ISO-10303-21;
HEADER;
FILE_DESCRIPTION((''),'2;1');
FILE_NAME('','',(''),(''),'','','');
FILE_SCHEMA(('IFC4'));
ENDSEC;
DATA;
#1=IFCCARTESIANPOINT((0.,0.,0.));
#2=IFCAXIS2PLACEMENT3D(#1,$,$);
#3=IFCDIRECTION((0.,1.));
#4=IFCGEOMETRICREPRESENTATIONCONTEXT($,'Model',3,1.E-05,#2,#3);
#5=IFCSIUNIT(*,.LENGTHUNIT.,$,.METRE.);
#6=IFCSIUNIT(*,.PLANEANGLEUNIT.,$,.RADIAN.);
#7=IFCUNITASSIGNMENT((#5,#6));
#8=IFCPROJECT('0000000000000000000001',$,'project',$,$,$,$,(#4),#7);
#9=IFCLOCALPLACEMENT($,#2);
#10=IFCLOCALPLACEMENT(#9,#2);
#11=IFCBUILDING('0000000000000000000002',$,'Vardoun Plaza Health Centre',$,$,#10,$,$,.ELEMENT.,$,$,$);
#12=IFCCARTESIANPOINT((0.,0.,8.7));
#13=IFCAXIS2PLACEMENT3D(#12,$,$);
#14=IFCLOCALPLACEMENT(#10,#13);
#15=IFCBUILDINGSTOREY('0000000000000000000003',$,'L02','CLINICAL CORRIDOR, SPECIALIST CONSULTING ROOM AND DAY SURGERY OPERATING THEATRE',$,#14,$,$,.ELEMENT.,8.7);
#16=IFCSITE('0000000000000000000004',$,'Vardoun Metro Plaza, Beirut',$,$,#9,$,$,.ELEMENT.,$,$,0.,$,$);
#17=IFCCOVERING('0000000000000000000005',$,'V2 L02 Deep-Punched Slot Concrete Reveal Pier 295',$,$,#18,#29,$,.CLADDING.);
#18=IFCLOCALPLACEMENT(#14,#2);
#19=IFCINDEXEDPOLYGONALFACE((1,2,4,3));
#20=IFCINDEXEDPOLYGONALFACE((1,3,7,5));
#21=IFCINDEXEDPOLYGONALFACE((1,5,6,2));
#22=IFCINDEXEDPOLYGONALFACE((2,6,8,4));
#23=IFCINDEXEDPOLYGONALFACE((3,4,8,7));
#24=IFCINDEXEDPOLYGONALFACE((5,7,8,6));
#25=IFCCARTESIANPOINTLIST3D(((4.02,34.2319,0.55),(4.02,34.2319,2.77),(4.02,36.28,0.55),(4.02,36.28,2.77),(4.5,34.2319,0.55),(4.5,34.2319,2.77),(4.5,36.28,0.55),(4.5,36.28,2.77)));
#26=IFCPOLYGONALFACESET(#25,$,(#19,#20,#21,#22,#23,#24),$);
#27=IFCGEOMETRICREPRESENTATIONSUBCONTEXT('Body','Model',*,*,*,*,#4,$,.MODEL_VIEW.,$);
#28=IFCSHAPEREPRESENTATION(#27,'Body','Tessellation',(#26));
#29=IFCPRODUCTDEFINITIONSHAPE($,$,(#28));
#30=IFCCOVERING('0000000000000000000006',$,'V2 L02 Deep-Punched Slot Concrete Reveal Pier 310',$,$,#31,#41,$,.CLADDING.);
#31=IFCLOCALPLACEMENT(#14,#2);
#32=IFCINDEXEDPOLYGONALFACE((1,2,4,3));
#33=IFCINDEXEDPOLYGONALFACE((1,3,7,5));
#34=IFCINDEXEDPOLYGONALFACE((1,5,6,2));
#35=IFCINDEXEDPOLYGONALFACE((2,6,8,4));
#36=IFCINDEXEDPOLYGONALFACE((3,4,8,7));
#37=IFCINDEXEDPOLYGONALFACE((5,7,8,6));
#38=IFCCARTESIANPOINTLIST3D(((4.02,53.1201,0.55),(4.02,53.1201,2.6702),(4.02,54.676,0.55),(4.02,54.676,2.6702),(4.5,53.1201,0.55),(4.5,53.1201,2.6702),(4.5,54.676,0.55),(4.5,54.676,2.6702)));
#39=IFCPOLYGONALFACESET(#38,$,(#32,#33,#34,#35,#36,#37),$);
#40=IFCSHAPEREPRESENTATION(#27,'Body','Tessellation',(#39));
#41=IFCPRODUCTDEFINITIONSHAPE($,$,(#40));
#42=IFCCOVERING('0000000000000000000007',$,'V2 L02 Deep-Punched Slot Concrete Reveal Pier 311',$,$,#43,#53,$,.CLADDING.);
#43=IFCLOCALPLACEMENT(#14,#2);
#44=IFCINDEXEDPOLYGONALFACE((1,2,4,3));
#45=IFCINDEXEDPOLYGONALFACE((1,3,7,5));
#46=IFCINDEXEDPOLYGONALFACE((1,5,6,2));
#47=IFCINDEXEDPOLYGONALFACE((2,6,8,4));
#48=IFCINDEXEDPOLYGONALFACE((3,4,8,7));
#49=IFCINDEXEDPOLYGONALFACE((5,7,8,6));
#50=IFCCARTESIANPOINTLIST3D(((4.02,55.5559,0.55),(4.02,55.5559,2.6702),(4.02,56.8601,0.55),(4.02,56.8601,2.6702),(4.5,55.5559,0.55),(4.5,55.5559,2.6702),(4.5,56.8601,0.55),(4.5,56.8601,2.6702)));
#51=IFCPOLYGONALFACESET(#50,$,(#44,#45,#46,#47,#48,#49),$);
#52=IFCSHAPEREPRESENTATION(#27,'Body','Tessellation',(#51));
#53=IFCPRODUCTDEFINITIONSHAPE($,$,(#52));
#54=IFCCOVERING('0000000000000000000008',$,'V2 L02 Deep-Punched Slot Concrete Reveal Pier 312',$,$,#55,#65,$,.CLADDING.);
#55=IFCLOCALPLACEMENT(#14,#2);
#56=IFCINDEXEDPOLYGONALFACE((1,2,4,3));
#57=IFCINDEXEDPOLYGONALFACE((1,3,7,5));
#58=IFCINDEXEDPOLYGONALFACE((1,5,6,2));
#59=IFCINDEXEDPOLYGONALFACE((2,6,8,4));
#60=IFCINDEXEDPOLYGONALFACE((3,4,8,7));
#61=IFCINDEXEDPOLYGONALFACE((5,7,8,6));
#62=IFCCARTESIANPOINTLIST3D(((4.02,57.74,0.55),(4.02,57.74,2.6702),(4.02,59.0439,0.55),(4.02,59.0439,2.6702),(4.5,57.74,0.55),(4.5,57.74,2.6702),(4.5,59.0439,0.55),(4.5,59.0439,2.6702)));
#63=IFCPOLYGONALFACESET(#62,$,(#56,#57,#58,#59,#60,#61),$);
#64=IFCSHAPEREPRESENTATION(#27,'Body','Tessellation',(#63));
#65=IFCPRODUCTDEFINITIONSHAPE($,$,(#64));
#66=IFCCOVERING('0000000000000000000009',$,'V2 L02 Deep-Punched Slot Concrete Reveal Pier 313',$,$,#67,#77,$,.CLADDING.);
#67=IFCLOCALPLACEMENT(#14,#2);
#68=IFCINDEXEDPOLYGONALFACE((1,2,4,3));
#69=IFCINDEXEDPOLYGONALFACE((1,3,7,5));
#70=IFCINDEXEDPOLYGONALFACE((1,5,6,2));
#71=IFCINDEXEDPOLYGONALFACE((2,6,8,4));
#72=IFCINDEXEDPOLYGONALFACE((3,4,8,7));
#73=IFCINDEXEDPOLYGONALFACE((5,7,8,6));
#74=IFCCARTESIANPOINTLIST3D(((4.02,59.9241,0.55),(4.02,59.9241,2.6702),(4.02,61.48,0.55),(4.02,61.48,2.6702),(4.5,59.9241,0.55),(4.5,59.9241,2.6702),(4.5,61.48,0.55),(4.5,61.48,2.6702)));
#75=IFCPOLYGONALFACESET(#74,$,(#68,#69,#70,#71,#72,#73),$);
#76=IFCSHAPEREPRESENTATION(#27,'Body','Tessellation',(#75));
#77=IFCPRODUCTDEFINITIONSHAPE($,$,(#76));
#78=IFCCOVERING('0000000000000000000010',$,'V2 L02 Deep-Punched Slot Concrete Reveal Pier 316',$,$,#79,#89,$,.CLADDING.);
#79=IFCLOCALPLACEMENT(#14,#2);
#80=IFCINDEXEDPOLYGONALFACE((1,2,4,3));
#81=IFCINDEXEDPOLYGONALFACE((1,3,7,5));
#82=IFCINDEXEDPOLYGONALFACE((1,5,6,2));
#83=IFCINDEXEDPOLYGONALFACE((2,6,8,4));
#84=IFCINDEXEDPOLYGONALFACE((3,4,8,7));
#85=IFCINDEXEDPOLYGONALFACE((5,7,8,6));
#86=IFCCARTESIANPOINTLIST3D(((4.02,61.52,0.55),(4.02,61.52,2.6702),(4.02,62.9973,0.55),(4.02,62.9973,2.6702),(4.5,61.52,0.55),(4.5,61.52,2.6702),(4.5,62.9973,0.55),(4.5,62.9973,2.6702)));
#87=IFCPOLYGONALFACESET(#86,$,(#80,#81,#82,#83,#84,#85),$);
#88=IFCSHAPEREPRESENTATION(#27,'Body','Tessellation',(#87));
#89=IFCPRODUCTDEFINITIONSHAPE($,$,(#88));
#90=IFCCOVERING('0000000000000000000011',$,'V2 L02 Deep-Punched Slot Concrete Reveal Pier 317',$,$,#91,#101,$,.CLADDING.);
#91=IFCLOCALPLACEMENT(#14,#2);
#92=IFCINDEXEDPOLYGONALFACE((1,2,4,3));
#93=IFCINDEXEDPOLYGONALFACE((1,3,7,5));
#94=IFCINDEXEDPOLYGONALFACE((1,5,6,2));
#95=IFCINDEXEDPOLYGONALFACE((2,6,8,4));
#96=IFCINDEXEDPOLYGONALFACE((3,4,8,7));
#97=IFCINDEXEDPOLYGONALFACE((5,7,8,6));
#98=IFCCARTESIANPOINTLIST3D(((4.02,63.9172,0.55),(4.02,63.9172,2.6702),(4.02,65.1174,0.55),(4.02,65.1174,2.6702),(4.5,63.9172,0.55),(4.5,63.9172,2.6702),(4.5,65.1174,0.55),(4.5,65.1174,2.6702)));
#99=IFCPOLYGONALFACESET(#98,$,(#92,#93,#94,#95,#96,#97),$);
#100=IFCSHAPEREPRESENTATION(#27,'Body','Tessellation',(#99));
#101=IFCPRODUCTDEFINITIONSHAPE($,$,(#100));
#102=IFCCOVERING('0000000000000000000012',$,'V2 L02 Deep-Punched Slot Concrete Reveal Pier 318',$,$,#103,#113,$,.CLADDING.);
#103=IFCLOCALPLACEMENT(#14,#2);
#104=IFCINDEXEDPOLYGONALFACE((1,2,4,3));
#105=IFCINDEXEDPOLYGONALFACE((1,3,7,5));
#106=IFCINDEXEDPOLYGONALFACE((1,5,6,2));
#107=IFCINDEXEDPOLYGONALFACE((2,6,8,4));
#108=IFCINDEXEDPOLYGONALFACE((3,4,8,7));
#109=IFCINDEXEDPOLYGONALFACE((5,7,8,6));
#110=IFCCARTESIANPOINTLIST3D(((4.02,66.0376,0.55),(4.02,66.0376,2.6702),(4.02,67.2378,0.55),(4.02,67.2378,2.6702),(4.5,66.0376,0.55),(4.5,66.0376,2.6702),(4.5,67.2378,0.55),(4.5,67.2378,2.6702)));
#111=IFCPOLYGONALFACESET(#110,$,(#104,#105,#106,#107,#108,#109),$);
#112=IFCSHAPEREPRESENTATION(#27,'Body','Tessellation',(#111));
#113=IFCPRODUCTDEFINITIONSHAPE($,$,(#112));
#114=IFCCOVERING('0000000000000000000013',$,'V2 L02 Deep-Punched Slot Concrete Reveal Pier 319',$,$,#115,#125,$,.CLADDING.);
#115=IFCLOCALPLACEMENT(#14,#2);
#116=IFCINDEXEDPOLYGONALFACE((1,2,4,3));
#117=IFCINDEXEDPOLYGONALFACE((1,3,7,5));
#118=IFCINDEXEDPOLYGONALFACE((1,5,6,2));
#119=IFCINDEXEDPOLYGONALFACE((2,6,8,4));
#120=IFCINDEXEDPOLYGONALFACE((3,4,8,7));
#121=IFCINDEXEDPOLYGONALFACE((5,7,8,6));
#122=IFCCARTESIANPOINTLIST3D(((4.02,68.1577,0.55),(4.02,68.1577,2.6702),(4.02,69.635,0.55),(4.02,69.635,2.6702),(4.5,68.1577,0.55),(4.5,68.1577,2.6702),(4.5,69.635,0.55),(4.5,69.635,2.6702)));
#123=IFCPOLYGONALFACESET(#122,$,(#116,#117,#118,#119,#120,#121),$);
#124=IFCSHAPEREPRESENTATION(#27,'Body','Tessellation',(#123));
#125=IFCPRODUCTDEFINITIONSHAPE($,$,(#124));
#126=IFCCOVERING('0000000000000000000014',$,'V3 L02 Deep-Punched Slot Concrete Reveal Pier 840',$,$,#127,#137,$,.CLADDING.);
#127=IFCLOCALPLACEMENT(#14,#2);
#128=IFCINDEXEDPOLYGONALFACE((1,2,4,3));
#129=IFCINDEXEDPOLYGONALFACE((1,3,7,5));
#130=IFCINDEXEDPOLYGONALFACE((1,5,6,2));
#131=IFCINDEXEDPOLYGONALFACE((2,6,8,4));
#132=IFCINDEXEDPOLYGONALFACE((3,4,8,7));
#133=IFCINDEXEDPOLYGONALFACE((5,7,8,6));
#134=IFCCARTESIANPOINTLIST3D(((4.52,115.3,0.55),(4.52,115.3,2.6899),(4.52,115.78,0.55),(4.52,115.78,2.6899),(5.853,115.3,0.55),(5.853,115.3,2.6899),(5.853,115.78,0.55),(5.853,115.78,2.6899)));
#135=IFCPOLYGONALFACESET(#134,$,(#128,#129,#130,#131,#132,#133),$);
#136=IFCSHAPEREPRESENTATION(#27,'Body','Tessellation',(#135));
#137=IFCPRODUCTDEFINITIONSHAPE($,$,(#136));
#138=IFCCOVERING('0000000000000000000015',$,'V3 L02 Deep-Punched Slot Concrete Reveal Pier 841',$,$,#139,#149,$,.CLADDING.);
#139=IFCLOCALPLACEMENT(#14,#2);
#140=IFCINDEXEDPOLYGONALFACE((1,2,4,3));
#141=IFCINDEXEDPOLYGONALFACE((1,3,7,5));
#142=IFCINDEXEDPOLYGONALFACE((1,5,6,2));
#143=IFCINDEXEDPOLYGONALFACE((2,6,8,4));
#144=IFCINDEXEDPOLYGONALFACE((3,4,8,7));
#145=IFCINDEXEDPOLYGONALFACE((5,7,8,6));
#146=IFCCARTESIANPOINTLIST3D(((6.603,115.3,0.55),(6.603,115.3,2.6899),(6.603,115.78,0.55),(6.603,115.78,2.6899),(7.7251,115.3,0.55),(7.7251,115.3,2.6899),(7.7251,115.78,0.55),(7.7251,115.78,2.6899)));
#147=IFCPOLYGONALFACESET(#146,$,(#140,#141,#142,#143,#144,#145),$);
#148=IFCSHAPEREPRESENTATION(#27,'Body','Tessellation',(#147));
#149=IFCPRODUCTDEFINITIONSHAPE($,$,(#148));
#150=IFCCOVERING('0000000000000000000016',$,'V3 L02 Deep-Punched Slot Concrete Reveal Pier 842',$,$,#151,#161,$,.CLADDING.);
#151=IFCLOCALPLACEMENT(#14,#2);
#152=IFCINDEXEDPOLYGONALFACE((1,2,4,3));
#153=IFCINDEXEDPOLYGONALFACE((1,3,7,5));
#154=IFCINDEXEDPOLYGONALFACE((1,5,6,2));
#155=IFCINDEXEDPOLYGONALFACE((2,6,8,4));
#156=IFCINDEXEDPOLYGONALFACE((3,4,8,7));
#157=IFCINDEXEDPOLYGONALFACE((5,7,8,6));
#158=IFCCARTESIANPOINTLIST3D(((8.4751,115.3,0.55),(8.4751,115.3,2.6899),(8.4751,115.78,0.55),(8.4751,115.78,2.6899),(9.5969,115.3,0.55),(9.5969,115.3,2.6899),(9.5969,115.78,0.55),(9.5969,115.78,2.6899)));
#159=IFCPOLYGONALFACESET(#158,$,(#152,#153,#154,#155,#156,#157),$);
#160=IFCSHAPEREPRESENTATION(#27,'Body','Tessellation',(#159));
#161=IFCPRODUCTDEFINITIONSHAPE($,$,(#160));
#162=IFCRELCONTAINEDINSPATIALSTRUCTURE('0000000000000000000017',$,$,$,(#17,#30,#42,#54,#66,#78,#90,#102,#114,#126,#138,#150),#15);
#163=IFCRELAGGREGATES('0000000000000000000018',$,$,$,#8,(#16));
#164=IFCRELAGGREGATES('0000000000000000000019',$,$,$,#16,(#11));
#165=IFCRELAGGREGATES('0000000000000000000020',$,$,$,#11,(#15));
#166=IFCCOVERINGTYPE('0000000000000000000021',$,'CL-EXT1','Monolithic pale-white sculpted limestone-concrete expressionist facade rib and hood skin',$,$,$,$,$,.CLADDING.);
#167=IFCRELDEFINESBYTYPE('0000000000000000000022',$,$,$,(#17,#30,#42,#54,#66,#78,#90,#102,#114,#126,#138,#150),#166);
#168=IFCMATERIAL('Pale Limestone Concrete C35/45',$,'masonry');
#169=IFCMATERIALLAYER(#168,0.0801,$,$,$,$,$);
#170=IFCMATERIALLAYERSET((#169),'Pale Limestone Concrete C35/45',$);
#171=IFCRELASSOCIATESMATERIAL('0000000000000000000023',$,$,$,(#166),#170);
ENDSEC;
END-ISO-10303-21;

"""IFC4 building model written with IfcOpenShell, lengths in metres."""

from ifc_helpers import new_model, si_unit, direction, frame, origin, place, context, subcontext, project, spatial, polyline, outline, extrude, material, layer, layer_set, type_object, element, save


model = new_model("IFC4")

# Units and contexts
model_context = context("Model", 3, precision=1e-05, world=origin(), true_north=direction((0.0, 1.0)))
body_context = subcontext(model_context, "Body", "Model", "MODEL_VIEW")
ifc_project = project(units=[si_unit("LENGTHUNIT", "METRE"), si_unit("PLANEANGLEUNIT", "RADIAN")], contexts=[model_context])

# Site, building, storey
site_placement = place(None, origin())
site = spatial("IfcSite", under=ifc_project, at=site_placement, Name="Vardoun Metro Plaza, Beirut", CompositionType="ELEMENT", RefElevation=0.0)
building_placement = place(site_placement, origin())
building = spatial("IfcBuilding", under=site, at=building_placement, Name="Vardoun Plaza Health Centre", CompositionType="ELEMENT")
storey_placement = place(building_placement, frame((0.0, 0.0, 8.7)))
storey = spatial("IfcBuildingStorey", under=building, at=storey_placement, Name="L02", Description="CLINICAL CORRIDOR, SPECIALIST CONSULTING ROOM AND DAY SURGERY OPERATING THEATRE", CompositionType="ELEMENT", Elevation=8.7)

# Coverings
ifc_material = material(Name="Pale Limestone Concrete C35/45", Category="masonry")
ifc_layer = layer(ifc_material, 0.0801)
ifc_layer_set = layer_set([ifc_layer], Name="Pale Limestone Concrete C35/45")
covering_type = type_object("IfcCoveringType", Name="CL-EXT1", Description="Monolithic pale-white sculpted limestone-concrete expressionist facade rib and hood skin", PredefinedType="CLADDING", material=ifc_layer_set)
covering_1_placement = place(storey_placement, frame((0.0, 0.0, 0.55)))
element("IfcCovering", 1, at=covering_1_placement, inside=storey, type_object=covering_type, Name="V2 L02 Deep-Punched Slot Concrete Reveal Pier 295", PredefinedType="CLADDING", context=body_context, shape_type="SweptSolid", body=[
    extrude(outline(polyline([(4.5, 34.2319), (4.5, 36.28), (4.02, 36.28), (4.02, 34.2319), (4.5, 34.2319)])), origin(), (0.0, 0.0, 1.0), 2.22),
])
covering_2_placement = place(storey_placement, frame((0.0, 0.0, 0.55)))
element("IfcCovering", 2, at=covering_2_placement, inside=storey, type_object=covering_type, Name="V2 L02 Deep-Punched Slot Concrete Reveal Pier 310", PredefinedType="CLADDING", context=body_context, shape_type="SweptSolid", body=[
    extrude(outline(polyline([(4.5, 53.1201), (4.5, 54.676), (4.02, 54.676), (4.02, 53.1201), (4.5, 53.1201)])), origin(), (0.0, 0.0, 1.0), 2.1201),
])
covering_3_placement = place(storey_placement, frame((0.0, 0.0, 0.55)))
element("IfcCovering", 3, at=covering_3_placement, inside=storey, type_object=covering_type, Name="V2 L02 Deep-Punched Slot Concrete Reveal Pier 311", PredefinedType="CLADDING", context=body_context, shape_type="SweptSolid", body=[
    extrude(outline(polyline([(4.5, 55.5559), (4.5, 56.8601), (4.02, 56.8601), (4.02, 55.5559), (4.5, 55.5559)])), origin(), (0.0, 0.0, 1.0), 2.1201),
])
covering_4_placement = place(storey_placement, frame((0.0, 0.0, 0.55)))
element("IfcCovering", 4, at=covering_4_placement, inside=storey, type_object=covering_type, Name="V2 L02 Deep-Punched Slot Concrete Reveal Pier 312", PredefinedType="CLADDING", context=body_context, shape_type="SweptSolid", body=[
    extrude(outline(polyline([(4.5, 57.74), (4.5, 59.0439), (4.02, 59.0439), (4.02, 57.74), (4.5, 57.74)])), origin(), (0.0, 0.0, 1.0), 2.1201),
])
covering_5_placement = place(storey_placement, frame((0.0, 0.0, 0.55)))
element("IfcCovering", 5, at=covering_5_placement, inside=storey, type_object=covering_type, Name="V2 L02 Deep-Punched Slot Concrete Reveal Pier 313", PredefinedType="CLADDING", context=body_context, shape_type="SweptSolid", body=[
    extrude(outline(polyline([(4.5, 59.9241), (4.5, 61.48), (4.02, 61.48), (4.02, 59.9241), (4.5, 59.9241)])), origin(), (0.0, 0.0, 1.0), 2.1201),
])
covering_6_placement = place(storey_placement, frame((0.0, 0.0, 0.55)))
element("IfcCovering", 6, at=covering_6_placement, inside=storey, type_object=covering_type, Name="V2 L02 Deep-Punched Slot Concrete Reveal Pier 316", PredefinedType="CLADDING", context=body_context, shape_type="SweptSolid", body=[
    extrude(outline(polyline([(4.5, 61.52), (4.5, 62.9973), (4.02, 62.9973), (4.02, 61.52), (4.5, 61.52)])), origin(), (0.0, 0.0, 1.0), 2.1201),
])
covering_7_placement = place(storey_placement, frame((0.0, 0.0, 0.55)))
element("IfcCovering", 7, at=covering_7_placement, inside=storey, type_object=covering_type, Name="V2 L02 Deep-Punched Slot Concrete Reveal Pier 317", PredefinedType="CLADDING", context=body_context, shape_type="SweptSolid", body=[
    extrude(outline(polyline([(4.5, 63.9172), (4.5, 65.1174), (4.02, 65.1174), (4.02, 63.9172), (4.5, 63.9172)])), origin(), (0.0, 0.0, 1.0), 2.1201),
])
covering_8_placement = place(storey_placement, frame((0.0, 0.0, 0.55)))
element("IfcCovering", 8, at=covering_8_placement, inside=storey, type_object=covering_type, Name="V2 L02 Deep-Punched Slot Concrete Reveal Pier 318", PredefinedType="CLADDING", context=body_context, shape_type="SweptSolid", body=[
    extrude(outline(polyline([(4.5, 66.0376), (4.5, 67.2378), (4.02, 67.2378), (4.02, 66.0376), (4.5, 66.0376)])), origin(), (0.0, 0.0, 1.0), 2.1201),
])
covering_9_placement = place(storey_placement, frame((0.0, 0.0, 0.55)))
element("IfcCovering", 9, at=covering_9_placement, inside=storey, type_object=covering_type, Name="V2 L02 Deep-Punched Slot Concrete Reveal Pier 319", PredefinedType="CLADDING", context=body_context, shape_type="SweptSolid", body=[
    extrude(outline(polyline([(4.5, 68.1577), (4.5, 69.635), (4.02, 69.635), (4.02, 68.1577), (4.5, 68.1577)])), origin(), (0.0, 0.0, 1.0), 2.1201),
])
covering_10_placement = place(storey_placement, frame((0.0, 0.0, 0.55)))
element("IfcCovering", 10, at=covering_10_placement, inside=storey, type_object=covering_type, Name="V3 L02 Deep-Punched Slot Concrete Reveal Pier 840", PredefinedType="CLADDING", context=body_context, shape_type="SweptSolid", body=[
    extrude(outline(polyline([(4.52, 115.3), (5.853, 115.3), (5.853, 115.78), (4.52, 115.78), (4.52, 115.3)])), origin(), (0.0, 0.0, 1.0), 2.1399),
])
covering_11_placement = place(storey_placement, frame((0.0, 0.0, 0.55)))
element("IfcCovering", 11, at=covering_11_placement, inside=storey, type_object=covering_type, Name="V3 L02 Deep-Punched Slot Concrete Reveal Pier 841", PredefinedType="CLADDING", context=body_context, shape_type="SweptSolid", body=[
    extrude(outline(polyline([(6.603, 115.3), (7.7251, 115.3), (7.7251, 115.78), (6.603, 115.78), (6.603, 115.3)])), origin(), (0.0, 0.0, 1.0), 2.1399),
])
covering_12_placement = place(storey_placement, frame((0.0, 0.0, 0.55)))
element("IfcCovering", 12, at=covering_12_placement, inside=storey, type_object=covering_type, Name="V3 L02 Deep-Punched Slot Concrete Reveal Pier 842", PredefinedType="CLADDING", context=body_context, shape_type="SweptSolid", body=[
    extrude(outline(polyline([(8.4751, 115.3), (9.5969, 115.3), (9.5969, 115.78), (8.4751, 115.78), (8.4751, 115.3)])), origin(), (0.0, 0.0, 1.0), 2.1399),
])

save(model, "model.ifc")
